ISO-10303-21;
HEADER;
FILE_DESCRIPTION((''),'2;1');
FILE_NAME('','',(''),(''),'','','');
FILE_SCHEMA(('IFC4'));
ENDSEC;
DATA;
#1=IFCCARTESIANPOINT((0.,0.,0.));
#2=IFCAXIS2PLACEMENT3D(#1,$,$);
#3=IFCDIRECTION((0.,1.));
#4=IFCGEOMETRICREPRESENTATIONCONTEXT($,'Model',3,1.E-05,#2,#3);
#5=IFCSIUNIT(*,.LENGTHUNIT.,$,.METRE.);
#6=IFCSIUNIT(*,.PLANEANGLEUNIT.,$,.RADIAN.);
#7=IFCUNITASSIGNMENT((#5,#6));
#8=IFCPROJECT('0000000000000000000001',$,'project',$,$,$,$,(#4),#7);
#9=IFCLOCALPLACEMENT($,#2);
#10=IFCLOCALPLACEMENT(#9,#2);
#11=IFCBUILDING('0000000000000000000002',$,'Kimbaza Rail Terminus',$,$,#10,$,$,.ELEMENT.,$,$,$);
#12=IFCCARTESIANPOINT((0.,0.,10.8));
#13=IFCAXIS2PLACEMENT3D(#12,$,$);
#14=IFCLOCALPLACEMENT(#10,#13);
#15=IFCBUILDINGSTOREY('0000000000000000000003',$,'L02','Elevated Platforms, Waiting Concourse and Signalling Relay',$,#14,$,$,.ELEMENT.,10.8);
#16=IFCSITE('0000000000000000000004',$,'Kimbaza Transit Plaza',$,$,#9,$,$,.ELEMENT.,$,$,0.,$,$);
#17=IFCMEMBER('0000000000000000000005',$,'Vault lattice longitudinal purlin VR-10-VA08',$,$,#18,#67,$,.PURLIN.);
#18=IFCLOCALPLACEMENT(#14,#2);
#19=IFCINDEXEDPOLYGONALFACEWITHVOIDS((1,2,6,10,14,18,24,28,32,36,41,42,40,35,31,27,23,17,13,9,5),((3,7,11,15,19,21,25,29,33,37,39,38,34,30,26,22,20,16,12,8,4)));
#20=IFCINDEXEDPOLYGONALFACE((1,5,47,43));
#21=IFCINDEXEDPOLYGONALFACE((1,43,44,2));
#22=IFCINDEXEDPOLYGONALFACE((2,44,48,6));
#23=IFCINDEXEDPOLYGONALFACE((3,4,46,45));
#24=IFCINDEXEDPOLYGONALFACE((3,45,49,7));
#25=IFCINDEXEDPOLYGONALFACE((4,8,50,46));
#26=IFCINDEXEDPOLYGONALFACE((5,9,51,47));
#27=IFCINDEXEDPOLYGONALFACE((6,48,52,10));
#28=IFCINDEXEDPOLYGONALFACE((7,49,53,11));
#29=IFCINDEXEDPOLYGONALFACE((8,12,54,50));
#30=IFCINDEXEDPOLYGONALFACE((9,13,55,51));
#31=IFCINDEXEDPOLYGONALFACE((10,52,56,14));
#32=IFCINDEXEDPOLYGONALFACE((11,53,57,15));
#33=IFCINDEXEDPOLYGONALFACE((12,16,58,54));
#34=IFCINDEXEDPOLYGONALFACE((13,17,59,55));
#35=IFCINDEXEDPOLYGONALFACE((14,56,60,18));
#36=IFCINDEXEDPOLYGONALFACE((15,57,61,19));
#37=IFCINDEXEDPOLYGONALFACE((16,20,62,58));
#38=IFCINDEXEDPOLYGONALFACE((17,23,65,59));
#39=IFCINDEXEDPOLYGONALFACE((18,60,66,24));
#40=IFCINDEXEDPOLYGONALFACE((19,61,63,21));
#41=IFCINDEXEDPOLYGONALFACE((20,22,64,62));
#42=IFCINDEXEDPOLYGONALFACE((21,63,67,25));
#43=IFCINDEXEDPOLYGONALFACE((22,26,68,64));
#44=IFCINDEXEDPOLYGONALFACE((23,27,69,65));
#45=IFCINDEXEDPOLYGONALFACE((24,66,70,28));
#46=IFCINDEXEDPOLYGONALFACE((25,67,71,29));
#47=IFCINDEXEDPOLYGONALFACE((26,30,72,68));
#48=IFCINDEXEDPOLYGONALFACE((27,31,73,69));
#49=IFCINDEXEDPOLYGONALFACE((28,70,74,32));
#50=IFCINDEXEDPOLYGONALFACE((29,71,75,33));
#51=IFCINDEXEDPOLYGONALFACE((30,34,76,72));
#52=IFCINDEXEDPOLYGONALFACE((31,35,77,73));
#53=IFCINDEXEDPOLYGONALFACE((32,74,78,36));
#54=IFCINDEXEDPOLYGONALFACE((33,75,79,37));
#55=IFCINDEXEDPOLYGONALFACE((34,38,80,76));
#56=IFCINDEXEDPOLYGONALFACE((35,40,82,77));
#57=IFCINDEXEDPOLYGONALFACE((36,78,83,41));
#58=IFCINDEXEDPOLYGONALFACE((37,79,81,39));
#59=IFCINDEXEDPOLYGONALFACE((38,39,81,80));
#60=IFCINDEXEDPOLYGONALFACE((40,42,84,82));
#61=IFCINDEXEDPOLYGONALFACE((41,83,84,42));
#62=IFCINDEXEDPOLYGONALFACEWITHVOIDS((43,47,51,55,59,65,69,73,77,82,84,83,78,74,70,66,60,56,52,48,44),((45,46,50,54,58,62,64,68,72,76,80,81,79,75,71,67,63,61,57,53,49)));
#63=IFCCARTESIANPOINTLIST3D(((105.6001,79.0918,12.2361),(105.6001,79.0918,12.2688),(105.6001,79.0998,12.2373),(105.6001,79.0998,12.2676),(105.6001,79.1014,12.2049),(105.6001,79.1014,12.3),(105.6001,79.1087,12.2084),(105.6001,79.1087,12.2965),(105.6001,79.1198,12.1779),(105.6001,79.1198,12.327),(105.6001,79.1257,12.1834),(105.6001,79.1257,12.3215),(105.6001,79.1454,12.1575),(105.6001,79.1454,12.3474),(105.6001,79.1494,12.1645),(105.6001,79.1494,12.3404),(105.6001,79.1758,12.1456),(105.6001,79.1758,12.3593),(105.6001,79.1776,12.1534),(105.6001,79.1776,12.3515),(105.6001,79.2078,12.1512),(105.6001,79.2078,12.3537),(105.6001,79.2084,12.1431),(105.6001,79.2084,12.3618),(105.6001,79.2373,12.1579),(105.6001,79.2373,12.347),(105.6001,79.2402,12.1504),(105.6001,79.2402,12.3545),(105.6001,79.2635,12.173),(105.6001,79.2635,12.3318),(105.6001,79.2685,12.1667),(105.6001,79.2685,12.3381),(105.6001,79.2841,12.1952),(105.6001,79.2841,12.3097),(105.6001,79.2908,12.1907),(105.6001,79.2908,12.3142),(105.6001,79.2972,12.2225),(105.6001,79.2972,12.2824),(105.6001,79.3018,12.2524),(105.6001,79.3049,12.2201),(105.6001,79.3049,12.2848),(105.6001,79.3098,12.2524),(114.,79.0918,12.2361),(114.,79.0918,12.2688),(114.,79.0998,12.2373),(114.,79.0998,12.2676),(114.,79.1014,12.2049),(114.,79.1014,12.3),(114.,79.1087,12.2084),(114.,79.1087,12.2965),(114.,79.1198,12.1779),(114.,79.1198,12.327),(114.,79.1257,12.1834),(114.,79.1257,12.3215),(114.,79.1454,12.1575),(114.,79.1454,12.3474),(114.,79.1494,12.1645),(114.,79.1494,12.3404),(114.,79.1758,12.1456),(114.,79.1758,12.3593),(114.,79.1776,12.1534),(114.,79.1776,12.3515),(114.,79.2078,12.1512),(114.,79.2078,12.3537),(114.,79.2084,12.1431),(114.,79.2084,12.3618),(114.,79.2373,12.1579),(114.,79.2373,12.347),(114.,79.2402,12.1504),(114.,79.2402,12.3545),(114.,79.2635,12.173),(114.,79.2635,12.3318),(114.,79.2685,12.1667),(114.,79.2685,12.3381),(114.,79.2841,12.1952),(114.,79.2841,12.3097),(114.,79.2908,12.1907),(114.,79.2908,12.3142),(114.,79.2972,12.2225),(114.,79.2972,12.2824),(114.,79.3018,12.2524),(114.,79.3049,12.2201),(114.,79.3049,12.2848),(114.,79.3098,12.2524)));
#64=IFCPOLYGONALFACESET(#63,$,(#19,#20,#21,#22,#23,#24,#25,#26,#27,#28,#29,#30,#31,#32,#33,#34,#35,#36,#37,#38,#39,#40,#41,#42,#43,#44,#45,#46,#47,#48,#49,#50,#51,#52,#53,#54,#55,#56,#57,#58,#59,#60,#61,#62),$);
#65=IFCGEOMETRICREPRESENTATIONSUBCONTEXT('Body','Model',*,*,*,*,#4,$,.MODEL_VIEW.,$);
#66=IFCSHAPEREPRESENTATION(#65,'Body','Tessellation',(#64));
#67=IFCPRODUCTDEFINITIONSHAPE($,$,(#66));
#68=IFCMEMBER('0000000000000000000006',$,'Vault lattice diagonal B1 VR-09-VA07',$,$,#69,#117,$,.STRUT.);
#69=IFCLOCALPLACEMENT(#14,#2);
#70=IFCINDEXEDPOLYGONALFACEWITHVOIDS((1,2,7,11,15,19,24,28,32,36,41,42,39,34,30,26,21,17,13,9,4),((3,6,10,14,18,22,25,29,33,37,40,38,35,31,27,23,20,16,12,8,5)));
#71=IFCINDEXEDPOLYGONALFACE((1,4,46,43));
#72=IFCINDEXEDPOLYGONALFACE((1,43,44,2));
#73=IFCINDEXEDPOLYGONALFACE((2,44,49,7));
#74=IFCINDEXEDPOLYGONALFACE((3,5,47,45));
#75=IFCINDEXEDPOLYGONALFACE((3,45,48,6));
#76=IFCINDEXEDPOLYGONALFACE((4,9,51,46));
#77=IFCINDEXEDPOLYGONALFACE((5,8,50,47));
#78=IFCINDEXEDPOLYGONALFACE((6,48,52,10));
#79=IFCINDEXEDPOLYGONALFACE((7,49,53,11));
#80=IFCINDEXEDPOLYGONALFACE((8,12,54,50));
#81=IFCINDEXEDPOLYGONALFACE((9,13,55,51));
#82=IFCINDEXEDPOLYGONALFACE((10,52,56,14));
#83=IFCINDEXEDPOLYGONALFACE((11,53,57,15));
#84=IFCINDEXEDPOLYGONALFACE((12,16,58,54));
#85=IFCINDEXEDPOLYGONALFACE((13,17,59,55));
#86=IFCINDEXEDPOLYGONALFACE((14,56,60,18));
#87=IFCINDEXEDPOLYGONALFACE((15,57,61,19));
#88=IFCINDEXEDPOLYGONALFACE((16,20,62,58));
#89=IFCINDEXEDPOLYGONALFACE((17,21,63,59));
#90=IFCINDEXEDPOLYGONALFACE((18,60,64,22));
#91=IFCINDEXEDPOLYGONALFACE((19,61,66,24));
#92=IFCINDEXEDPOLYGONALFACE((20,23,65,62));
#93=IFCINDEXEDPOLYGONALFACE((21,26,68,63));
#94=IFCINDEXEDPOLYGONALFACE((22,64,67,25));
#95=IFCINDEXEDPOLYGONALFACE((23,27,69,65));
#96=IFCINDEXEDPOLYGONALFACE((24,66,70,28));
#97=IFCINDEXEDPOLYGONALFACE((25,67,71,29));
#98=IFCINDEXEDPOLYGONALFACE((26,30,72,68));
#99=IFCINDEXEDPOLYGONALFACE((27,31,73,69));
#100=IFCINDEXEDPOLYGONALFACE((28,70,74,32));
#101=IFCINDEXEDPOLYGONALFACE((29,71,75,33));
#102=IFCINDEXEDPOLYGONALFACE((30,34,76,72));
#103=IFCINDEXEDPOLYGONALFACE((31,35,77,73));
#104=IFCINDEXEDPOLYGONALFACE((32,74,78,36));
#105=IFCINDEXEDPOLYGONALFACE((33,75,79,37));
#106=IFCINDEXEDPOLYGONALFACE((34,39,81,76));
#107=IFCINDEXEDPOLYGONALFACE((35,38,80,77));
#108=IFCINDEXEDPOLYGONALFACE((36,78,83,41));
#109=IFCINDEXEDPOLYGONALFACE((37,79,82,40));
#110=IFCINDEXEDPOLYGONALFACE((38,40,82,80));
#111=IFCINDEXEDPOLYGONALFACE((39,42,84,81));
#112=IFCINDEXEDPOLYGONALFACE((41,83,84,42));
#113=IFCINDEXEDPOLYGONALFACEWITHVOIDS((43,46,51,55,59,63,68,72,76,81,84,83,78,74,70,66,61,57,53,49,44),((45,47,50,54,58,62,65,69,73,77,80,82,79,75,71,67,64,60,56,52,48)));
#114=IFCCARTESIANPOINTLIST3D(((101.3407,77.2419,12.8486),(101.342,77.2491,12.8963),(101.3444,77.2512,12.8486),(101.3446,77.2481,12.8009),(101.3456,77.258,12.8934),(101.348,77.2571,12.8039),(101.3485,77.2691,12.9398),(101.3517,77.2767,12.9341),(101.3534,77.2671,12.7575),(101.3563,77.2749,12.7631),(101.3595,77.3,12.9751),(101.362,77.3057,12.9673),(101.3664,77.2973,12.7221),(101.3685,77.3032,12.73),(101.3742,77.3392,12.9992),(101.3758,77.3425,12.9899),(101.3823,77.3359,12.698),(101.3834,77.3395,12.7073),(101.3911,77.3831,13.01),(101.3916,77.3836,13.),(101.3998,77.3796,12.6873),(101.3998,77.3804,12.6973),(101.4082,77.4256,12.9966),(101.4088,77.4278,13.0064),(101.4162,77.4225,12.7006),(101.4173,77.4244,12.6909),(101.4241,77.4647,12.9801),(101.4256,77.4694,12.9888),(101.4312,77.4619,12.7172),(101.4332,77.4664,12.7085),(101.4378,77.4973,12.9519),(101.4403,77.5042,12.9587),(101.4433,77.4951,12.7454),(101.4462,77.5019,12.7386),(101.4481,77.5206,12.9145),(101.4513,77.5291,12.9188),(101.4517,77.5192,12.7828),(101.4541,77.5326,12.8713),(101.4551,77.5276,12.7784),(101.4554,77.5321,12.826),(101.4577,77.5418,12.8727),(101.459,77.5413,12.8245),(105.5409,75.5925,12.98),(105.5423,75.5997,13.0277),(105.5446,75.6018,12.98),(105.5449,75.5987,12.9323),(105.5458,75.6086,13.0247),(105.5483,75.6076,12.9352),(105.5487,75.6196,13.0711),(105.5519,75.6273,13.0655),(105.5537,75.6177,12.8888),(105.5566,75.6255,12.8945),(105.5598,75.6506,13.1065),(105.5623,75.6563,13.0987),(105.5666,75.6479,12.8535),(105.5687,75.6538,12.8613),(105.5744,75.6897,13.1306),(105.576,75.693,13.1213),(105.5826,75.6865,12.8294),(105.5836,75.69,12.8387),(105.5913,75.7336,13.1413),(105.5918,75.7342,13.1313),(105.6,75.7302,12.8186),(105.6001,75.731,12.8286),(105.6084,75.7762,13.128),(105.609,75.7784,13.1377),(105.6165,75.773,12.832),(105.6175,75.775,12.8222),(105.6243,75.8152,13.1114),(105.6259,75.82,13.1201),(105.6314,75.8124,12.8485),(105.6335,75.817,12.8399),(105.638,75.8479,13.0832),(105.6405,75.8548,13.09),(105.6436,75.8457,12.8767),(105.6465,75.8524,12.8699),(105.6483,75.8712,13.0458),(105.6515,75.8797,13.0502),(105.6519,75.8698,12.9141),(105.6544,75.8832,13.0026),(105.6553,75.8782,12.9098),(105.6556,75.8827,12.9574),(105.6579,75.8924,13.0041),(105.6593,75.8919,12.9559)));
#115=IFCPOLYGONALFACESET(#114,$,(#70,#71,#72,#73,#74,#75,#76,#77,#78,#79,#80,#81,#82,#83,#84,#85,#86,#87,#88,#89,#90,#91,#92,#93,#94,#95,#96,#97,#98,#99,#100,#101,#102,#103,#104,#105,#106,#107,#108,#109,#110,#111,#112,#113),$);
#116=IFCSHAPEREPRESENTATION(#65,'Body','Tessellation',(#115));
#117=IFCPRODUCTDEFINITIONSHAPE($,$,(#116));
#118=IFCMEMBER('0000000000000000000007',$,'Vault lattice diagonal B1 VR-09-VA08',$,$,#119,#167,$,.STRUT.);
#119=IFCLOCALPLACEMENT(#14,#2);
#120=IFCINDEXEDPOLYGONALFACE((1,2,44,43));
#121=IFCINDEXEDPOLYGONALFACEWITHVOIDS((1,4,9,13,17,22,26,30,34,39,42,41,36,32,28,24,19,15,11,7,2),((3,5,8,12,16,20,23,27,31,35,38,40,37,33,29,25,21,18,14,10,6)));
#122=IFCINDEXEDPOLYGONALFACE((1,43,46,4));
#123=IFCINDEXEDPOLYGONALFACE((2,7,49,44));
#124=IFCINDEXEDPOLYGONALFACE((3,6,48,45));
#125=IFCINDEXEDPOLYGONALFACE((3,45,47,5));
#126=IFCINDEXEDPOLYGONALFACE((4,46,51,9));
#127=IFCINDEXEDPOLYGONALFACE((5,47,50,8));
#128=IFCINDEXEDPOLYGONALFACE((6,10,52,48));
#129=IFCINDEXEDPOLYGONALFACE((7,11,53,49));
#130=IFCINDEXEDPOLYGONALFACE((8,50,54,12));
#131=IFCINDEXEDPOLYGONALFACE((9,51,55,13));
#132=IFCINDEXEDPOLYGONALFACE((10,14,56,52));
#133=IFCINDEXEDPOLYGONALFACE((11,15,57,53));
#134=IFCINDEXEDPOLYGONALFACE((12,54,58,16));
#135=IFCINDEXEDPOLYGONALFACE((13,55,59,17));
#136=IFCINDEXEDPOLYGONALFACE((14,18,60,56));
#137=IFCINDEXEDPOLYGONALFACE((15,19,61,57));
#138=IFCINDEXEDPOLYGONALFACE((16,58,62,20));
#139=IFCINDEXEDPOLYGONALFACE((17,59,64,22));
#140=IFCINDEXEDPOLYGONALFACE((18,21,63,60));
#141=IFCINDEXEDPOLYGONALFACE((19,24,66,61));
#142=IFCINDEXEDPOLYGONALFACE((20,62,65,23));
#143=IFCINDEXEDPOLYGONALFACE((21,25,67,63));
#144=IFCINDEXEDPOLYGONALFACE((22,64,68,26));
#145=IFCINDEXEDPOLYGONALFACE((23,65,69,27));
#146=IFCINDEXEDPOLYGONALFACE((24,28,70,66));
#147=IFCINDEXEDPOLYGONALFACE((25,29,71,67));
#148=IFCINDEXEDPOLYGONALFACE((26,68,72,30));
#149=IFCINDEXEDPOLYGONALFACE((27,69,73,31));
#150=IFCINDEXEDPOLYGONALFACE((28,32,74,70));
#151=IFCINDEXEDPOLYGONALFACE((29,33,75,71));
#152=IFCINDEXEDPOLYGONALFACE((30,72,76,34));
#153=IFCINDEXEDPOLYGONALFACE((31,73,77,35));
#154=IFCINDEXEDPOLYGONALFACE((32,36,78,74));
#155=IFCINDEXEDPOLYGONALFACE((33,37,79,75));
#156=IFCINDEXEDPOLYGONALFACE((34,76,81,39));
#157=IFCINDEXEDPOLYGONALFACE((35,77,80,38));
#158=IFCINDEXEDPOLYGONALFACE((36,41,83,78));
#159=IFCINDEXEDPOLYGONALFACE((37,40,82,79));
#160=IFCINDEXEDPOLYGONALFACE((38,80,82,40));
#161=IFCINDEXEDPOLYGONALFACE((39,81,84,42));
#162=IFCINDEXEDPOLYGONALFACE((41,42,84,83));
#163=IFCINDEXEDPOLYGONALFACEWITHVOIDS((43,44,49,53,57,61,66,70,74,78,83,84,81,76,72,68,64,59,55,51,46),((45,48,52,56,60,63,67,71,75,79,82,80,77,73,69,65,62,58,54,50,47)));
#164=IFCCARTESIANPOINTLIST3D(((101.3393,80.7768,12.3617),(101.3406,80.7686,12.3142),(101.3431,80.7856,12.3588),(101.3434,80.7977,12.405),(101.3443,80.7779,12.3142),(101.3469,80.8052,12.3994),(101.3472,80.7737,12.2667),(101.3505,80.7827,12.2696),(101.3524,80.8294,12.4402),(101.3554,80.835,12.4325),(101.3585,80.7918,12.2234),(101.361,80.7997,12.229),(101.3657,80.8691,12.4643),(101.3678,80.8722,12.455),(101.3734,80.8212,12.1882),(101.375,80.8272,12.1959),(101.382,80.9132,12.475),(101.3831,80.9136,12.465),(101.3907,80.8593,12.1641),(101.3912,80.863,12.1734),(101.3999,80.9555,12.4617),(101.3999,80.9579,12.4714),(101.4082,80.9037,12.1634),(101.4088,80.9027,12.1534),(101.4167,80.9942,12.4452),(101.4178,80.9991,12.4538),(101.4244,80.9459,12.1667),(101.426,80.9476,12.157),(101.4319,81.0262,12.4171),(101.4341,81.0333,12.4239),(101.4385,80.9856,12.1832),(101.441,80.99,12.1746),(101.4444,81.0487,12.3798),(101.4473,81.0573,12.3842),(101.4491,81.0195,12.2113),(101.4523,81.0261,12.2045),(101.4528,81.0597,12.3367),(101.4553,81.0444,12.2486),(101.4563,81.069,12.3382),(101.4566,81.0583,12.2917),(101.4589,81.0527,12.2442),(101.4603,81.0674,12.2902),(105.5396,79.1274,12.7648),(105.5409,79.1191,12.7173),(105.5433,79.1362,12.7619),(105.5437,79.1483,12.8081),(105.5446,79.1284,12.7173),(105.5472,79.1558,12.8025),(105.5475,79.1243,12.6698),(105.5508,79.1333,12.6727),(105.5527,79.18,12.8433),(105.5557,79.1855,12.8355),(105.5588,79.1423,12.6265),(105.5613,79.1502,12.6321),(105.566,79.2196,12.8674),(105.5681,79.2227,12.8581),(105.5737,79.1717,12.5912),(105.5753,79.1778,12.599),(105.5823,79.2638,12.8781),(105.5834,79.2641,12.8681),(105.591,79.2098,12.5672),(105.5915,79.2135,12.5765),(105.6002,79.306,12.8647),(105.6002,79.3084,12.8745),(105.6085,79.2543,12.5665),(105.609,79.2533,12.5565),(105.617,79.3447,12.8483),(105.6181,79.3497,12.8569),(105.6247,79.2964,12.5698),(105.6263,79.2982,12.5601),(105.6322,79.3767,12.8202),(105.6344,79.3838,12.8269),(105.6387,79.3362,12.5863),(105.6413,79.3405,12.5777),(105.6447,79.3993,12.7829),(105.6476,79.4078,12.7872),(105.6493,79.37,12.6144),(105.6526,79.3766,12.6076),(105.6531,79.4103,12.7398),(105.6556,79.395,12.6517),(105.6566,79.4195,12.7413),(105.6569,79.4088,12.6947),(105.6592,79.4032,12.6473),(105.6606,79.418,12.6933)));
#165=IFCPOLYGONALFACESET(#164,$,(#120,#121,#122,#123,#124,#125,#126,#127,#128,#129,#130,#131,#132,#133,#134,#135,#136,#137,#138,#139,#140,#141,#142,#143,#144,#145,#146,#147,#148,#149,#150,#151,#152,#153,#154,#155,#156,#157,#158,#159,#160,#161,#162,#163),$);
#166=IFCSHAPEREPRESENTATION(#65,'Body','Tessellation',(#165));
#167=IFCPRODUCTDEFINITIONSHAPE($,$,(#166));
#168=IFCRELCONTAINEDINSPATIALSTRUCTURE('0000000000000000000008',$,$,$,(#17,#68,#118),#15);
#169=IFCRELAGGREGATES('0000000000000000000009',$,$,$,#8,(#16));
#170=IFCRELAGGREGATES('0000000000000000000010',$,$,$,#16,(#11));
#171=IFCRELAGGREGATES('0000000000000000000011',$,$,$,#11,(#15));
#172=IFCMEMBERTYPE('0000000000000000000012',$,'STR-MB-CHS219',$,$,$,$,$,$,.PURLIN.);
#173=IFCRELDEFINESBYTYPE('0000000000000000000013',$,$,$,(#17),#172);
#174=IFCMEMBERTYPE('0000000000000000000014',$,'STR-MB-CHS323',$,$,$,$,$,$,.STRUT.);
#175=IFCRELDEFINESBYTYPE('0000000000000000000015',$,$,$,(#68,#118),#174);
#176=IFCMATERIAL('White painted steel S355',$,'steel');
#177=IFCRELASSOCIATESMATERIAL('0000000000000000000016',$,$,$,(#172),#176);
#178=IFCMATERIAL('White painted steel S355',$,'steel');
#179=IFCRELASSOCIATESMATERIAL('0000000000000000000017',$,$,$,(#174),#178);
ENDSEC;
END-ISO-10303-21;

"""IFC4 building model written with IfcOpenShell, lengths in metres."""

from ifc_helpers import new_model, si_unit, direction, frame, origin, origin_2d, place, context, subcontext, project, spatial, hollow_circle, extrude, material, material_profile, profile_set, type_object, element, save


model = new_model("IFC4")

# Units and contexts
model_context = context("Model", 3, precision=1e-05, world=origin(), true_north=direction((0.0, 1.0)))
body_context = subcontext(model_context, "Body", "Model", "MODEL_VIEW")
ifc_project = project(units=[si_unit("LENGTHUNIT", "METRE"), si_unit("PLANEANGLEUNIT", "RADIAN")], contexts=[model_context])

# Site, building, storey
site_placement = place(None, origin())
site = spatial("IfcSite", under=ifc_project, at=site_placement, Name="Kimbaza Transit Plaza", CompositionType="ELEMENT", RefElevation=0.0)
building_placement = place(site_placement, origin())
building = spatial("IfcBuilding", under=site, at=building_placement, Name="Kimbaza Rail Terminus", CompositionType="ELEMENT")
storey_placement = place(building_placement, frame((0.0, 0.0, 10.8)))
storey = spatial("IfcBuildingStorey", under=building, at=storey_placement, Name="L02", Description="Elevated Platforms, Waiting Concourse and Signalling Relay", CompositionType="ELEMENT", Elevation=10.8)

# Members
ifc_material_1 = material(Name="White painted steel S355", Category="steel")
ifc_material_profile_1 = material_profile(ifc_material_1, hollow_circle(Radius=0.1096, WallThickness=0.0081, at=origin_2d()), Name="CHS 219.1x8")
ifc_profile_set_1 = profile_set([ifc_material_profile_1], Name="White painted steel S355")
member_type_1 = type_object("IfcMemberType", Name="STR-MB-CHS219", PredefinedType="PURLIN", material=ifc_profile_set_1)
for number, where, z_axis, x_axis, name in (
    (1, (105.6001, 79.2002, 12.2524), (1.0, 0.0, 0.0), (0.0, 1.0, 0.0), "Vault lattice longitudinal purlin VR-10-VA08"),
):
    element("IfcMember", number, at=place(storey_placement, frame(where, z_axis=z_axis, x_axis=x_axis)), inside=storey, type_object=member_type_1, Name=name, PredefinedType="PURLIN", context=body_context, shape_type="SweptSolid", body=[
        extrude(hollow_circle(Radius=0.1096, WallThickness=0.0081, at=origin_2d()), origin(), (0.0, 0.0, 1.0), 8.3999),
    ])
ifc_material_2 = material(Name="White painted steel S355", Category="steel")
ifc_material_profile_2 = material_profile(ifc_material_2, hollow_circle(Radius=0.1619, WallThickness=0.01, at=origin_2d()), Name="CHS 323.9x10")
ifc_profile_set_2 = profile_set([ifc_material_profile_2], Name="White painted steel S355")
member_type_2 = type_object("IfcMemberType", Name="STR-MB-CHS323", PredefinedType="STRUT", material=ifc_profile_set_2)
member_1_placement = place(storey_placement, frame((105.6001, 75.7432, 12.98), z_axis=(-0.930407, 0.36537, -0.029096), x_axis=(-0.365525, -0.930801, 0.0)))
element("IfcMember", 2, at=member_1_placement, inside=storey, type_object=member_type_2, Name="Vault lattice diagonal B1 VR-09-VA07", PredefinedType="STRUT", context=body_context, shape_type="SweptSolid", body=[
    extrude(hollow_circle(Radius=0.1619, WallThickness=0.01, at=origin_2d()), origin(), (0.0, 0.0, 1.0), 4.5144),
])
member_2_placement = place(storey_placement, frame((105.6001, 79.2698, 12.7173), z_axis=(-0.92711, 0.364076, -0.088971), x_axis=(-0.365525, -0.930801, 0.0)))
element("IfcMember", 3, at=member_2_placement, inside=storey, type_object=member_type_2, Name="Vault lattice diagonal B1 VR-09-VA08", PredefinedType="STRUT", context=body_context, shape_type="SweptSolid", body=[
    extrude(hollow_circle(Radius=0.1619, WallThickness=0.01, at=origin_2d()), origin(), (0.0, 0.0, 1.0), 4.5305),
])

save(model, "model.ifc")
